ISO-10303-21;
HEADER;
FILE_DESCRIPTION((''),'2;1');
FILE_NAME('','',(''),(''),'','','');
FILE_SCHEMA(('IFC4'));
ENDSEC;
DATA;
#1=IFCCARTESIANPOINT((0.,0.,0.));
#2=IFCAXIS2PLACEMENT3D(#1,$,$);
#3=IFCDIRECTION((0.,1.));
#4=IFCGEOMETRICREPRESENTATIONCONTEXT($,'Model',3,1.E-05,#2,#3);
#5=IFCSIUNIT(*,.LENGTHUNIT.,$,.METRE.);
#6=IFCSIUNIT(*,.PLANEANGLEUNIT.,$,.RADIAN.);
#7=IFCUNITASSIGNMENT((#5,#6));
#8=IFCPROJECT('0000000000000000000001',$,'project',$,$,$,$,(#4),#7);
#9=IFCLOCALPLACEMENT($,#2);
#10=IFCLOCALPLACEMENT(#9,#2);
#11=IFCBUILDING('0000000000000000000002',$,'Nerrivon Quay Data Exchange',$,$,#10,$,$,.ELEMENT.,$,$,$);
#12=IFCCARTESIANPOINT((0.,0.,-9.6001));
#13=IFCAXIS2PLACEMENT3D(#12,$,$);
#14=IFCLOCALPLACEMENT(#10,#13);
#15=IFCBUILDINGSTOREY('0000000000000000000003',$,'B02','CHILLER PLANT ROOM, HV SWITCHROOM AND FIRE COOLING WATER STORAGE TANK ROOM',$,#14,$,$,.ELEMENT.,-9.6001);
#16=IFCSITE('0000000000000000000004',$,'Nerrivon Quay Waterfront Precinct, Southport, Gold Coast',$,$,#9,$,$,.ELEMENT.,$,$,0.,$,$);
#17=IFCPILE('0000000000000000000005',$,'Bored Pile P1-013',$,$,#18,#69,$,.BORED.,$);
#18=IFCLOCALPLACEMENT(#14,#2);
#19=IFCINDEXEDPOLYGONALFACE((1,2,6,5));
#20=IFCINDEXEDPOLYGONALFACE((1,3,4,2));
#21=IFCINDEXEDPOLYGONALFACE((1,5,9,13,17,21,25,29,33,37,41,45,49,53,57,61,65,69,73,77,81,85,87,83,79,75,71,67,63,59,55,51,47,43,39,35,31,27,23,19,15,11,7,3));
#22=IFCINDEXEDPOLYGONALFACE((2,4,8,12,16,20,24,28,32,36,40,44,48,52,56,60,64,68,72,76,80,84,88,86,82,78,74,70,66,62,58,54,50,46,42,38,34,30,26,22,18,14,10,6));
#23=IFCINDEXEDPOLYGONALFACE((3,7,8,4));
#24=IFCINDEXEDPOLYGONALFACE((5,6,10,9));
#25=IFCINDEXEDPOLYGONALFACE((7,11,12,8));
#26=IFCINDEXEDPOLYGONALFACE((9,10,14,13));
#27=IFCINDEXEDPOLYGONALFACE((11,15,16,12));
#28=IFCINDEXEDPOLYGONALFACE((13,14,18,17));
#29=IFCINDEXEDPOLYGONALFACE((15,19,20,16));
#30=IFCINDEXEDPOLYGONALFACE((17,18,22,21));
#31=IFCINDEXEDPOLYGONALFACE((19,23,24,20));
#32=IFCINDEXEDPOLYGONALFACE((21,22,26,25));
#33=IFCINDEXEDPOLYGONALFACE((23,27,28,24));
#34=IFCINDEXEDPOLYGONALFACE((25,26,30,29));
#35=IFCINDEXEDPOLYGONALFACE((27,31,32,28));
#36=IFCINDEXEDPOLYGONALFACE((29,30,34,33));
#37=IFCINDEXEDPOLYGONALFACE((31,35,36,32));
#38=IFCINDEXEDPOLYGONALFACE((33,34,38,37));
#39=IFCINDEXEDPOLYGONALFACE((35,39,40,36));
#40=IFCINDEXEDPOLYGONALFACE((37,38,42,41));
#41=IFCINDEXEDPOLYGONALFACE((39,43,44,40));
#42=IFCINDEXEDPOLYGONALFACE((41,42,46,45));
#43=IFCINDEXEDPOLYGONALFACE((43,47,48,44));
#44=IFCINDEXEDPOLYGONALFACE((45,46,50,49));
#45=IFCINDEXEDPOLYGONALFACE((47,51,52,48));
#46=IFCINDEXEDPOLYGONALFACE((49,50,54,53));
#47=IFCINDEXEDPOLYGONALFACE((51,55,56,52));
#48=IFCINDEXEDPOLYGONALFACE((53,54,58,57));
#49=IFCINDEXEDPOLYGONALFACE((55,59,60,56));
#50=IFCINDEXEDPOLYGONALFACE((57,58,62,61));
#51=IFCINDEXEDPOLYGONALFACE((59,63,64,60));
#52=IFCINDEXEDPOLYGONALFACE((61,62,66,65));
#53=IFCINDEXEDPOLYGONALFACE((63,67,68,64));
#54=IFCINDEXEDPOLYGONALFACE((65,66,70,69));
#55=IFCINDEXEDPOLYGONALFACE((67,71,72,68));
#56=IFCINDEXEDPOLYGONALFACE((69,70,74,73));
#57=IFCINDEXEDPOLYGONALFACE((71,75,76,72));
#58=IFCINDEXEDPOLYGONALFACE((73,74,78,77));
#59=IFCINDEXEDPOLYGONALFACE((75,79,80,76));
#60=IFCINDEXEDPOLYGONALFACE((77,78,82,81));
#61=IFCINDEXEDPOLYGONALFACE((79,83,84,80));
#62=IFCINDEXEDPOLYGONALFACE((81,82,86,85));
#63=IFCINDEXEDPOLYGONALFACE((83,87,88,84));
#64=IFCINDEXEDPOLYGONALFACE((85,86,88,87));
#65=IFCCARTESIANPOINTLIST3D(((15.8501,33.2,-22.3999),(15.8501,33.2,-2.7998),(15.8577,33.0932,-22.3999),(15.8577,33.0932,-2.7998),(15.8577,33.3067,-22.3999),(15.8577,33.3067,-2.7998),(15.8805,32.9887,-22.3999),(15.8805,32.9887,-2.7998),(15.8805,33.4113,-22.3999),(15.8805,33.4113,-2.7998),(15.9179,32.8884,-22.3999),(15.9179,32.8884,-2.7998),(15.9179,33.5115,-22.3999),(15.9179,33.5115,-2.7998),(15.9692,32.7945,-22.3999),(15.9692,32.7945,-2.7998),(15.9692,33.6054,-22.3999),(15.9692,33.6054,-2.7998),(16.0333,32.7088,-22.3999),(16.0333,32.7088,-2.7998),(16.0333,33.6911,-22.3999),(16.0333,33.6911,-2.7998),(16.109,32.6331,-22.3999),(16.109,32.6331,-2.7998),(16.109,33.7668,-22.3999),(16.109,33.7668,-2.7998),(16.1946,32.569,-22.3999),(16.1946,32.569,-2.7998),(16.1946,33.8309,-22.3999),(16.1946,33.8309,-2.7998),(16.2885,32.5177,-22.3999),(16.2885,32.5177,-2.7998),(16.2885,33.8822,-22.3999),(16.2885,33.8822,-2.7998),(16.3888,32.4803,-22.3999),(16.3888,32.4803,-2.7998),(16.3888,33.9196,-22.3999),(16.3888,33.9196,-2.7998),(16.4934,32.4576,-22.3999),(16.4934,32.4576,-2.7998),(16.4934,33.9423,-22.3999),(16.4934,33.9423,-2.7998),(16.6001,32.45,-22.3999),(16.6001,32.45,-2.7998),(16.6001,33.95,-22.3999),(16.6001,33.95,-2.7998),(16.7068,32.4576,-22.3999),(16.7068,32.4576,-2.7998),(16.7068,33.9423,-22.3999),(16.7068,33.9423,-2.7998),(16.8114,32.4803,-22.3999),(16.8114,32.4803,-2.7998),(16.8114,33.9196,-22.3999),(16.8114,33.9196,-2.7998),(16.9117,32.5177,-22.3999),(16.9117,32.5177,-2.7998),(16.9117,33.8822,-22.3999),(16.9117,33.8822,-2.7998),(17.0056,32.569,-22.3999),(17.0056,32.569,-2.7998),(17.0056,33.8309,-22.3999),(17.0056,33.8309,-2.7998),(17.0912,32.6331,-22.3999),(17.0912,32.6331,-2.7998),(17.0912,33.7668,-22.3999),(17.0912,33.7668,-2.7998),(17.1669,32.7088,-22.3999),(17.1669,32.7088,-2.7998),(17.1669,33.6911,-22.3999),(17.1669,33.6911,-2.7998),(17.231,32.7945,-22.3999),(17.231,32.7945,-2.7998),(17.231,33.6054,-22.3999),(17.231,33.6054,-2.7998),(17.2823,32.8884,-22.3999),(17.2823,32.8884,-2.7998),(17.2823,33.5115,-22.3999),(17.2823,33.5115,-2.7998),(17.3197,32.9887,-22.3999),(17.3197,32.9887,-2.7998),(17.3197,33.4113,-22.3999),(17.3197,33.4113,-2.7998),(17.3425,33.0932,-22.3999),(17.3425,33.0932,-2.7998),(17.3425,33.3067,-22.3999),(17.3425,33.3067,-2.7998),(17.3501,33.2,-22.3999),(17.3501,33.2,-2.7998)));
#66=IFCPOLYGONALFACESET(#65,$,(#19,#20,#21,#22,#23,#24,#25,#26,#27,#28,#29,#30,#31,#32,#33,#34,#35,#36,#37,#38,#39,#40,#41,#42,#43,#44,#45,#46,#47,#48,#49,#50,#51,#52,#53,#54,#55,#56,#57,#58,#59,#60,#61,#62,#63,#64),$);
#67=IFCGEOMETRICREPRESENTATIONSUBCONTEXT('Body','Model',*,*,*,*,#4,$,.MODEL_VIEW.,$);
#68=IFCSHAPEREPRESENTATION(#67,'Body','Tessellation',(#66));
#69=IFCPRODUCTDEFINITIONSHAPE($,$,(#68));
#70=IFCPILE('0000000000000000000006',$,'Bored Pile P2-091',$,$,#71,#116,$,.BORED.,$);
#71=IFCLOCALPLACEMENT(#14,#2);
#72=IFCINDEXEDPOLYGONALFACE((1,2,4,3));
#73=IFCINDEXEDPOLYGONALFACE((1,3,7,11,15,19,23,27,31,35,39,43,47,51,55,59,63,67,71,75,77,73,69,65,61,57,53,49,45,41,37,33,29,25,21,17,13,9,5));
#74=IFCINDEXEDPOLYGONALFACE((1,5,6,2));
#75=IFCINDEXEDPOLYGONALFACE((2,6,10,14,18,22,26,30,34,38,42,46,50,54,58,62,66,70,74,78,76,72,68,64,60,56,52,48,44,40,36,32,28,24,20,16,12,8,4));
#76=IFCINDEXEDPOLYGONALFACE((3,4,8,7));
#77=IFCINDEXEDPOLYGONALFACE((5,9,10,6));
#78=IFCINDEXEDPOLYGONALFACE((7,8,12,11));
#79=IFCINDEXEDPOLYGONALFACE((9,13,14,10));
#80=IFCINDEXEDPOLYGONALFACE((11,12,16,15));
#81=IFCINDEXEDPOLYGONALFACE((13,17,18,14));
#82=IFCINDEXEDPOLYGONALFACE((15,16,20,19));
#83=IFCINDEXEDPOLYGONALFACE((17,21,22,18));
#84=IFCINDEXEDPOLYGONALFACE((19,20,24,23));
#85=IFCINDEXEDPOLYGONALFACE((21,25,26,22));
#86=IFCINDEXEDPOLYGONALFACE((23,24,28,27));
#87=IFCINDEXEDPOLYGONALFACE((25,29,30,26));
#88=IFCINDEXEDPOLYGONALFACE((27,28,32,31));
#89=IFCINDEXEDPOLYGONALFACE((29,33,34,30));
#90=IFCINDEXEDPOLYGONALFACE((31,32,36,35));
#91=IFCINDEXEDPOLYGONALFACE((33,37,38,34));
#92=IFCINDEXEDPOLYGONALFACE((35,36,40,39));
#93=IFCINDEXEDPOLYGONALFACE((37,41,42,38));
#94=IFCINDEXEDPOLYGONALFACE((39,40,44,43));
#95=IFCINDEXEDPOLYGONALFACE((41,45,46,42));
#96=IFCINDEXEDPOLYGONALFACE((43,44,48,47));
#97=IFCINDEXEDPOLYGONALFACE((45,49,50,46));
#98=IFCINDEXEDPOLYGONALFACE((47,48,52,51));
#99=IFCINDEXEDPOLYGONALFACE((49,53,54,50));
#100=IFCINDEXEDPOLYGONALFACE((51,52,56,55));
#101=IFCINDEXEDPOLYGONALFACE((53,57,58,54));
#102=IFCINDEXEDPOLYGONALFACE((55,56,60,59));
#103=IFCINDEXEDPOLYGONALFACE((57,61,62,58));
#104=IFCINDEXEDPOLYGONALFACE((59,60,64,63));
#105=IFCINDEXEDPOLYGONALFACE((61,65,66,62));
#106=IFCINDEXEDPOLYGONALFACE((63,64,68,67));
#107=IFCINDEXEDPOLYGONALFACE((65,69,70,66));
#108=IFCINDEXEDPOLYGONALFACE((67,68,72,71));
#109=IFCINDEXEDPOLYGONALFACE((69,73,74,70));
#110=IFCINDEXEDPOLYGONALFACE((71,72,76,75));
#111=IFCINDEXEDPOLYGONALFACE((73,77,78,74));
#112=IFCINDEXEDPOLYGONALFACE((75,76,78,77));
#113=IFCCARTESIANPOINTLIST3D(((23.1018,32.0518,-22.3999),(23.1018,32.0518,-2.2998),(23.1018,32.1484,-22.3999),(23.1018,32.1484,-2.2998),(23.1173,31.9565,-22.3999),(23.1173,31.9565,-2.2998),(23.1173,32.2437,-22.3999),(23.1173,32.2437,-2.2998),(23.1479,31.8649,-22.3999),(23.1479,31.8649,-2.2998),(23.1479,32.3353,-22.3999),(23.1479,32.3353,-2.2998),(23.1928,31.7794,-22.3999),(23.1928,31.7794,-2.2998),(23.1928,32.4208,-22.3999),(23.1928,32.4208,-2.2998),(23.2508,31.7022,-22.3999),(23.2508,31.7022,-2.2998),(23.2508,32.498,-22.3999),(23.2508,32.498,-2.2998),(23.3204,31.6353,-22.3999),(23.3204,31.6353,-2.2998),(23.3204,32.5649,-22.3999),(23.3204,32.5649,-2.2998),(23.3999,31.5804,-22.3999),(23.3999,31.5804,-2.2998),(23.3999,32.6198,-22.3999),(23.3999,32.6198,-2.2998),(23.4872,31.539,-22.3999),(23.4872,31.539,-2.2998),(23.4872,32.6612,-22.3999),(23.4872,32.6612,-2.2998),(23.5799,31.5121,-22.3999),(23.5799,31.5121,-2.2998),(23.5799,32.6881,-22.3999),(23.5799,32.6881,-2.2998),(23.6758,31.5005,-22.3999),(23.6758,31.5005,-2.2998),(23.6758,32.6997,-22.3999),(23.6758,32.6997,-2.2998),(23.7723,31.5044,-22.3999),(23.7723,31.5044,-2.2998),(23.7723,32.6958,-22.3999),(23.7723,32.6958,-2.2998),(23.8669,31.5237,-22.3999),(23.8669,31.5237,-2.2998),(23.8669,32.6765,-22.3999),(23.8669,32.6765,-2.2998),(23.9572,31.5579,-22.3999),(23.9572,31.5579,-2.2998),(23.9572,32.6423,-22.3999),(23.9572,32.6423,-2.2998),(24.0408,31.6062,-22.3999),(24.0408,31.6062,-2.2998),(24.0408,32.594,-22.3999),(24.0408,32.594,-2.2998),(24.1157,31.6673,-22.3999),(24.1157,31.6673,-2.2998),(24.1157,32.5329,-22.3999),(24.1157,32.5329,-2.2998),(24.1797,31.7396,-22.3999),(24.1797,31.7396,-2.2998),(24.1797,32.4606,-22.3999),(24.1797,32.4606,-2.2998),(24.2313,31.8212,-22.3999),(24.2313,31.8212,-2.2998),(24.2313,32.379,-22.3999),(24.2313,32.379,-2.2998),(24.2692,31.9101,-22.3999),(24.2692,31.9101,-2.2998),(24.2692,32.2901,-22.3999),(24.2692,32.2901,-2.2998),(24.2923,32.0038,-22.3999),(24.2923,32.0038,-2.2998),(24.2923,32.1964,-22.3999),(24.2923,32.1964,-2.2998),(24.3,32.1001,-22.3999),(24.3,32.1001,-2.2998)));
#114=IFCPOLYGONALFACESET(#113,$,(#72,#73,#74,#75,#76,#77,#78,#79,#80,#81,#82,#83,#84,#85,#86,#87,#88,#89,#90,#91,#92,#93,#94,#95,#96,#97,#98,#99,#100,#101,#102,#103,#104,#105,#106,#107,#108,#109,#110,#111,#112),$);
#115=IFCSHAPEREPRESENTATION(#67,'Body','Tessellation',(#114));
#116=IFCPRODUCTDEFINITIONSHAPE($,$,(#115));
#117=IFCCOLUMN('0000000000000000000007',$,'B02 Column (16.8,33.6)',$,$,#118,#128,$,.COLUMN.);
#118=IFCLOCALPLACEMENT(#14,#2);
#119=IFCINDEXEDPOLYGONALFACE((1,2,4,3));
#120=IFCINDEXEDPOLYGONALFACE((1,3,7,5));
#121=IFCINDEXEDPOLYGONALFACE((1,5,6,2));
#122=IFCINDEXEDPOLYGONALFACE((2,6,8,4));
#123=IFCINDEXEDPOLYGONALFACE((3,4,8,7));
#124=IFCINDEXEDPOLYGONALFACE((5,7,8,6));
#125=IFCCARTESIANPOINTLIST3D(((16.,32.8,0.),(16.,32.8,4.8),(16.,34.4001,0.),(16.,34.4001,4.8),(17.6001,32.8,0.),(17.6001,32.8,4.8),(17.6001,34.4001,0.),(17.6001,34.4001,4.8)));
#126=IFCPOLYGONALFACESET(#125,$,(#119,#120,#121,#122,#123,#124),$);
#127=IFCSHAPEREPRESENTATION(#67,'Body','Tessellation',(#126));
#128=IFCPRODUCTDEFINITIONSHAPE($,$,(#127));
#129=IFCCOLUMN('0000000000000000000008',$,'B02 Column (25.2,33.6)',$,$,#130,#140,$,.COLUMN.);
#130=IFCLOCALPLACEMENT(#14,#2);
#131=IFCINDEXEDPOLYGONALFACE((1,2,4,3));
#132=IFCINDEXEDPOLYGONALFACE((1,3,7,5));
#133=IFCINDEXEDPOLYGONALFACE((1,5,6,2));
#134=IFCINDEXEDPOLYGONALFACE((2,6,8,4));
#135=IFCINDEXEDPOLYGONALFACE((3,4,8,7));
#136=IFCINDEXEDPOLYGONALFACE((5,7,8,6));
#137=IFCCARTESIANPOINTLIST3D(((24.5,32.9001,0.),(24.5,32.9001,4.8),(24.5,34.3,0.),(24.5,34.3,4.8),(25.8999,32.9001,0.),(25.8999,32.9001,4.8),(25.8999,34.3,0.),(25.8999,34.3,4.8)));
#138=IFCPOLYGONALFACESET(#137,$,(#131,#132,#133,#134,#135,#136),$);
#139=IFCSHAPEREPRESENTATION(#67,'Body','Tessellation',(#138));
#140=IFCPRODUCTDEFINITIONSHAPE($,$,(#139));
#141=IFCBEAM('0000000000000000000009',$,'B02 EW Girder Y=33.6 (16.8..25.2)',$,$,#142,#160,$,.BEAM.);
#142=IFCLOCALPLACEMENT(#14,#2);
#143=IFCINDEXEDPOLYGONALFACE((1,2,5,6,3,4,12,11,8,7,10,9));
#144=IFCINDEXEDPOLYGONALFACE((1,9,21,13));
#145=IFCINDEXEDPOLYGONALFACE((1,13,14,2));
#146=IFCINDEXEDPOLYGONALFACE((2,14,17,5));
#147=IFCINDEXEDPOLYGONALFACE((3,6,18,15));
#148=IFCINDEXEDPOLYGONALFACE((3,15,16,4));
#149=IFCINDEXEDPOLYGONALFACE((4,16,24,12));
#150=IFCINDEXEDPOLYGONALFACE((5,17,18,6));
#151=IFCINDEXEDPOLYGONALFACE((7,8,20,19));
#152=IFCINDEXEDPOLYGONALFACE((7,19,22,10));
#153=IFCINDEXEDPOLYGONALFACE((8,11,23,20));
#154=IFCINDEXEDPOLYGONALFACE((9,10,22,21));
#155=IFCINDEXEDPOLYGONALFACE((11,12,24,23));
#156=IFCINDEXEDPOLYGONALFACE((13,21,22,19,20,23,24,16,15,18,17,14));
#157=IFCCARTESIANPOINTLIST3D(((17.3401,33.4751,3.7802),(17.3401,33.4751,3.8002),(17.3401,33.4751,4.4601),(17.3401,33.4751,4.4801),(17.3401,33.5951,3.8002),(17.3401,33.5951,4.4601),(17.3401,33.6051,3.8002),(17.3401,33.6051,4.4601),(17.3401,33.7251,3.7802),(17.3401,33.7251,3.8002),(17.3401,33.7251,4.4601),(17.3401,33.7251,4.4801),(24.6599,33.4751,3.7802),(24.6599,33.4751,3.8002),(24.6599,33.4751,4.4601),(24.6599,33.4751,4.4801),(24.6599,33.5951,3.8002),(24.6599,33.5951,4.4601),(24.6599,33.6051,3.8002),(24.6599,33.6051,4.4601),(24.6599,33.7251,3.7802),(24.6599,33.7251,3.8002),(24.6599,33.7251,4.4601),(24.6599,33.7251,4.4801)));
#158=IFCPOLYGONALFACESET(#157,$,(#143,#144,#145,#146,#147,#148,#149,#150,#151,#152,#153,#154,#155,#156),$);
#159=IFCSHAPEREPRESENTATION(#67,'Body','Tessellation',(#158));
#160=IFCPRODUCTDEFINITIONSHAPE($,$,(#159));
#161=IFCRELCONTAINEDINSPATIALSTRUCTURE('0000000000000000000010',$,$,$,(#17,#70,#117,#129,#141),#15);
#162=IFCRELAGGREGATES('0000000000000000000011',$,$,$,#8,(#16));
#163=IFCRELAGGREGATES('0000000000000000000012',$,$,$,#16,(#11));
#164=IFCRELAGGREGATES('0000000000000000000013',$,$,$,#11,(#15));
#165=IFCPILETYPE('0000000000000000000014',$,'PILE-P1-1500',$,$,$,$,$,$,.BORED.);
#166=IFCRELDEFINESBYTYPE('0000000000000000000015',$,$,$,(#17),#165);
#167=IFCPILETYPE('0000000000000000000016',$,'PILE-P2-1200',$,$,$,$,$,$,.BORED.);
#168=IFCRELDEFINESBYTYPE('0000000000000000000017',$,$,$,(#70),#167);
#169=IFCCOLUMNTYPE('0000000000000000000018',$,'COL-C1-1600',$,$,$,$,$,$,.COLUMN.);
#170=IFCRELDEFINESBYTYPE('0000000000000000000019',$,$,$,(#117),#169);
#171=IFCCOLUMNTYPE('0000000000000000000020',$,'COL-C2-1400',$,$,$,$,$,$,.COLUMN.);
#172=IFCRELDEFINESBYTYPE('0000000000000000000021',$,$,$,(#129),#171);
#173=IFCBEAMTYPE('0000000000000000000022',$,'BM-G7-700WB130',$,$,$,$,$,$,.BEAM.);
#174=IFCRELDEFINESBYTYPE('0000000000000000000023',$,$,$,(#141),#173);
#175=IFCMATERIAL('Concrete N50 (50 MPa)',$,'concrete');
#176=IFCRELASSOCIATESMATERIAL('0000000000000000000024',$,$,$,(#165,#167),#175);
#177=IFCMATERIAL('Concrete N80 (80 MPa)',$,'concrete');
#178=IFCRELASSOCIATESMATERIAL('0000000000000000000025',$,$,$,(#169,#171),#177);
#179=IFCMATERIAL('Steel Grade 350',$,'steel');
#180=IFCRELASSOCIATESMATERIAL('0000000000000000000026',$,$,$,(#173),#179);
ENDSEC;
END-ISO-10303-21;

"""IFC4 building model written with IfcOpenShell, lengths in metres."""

from ifc_helpers import new_model, si_unit, direction, frame, origin, origin_2d, place, context, subcontext, project, spatial, rectangle, circle, i_section, extrude, material, material_profile, profile_set, type_object, element, save


model = new_model("IFC4")

# Units and contexts
model_context = context("Model", 3, precision=1e-05, world=origin(), true_north=direction((0.0, 1.0)))
body_context = subcontext(model_context, "Body", "Model", "MODEL_VIEW")
ifc_project = project(units=[si_unit("LENGTHUNIT", "METRE"), si_unit("PLANEANGLEUNIT", "RADIAN")], contexts=[model_context])

# Site, building, storey
site_placement = place(None, origin())
site = spatial("IfcSite", under=ifc_project, at=site_placement, Name="Nerrivon Quay Waterfront Precinct, Southport, Gold Coast", CompositionType="ELEMENT", RefElevation=0.0)
building_placement = place(site_placement, origin())
building = spatial("IfcBuilding", under=site, at=building_placement, Name="Nerrivon Quay Data Exchange", CompositionType="ELEMENT")
storey_placement = place(building_placement, frame((0.0, 0.0, -9.6001)))
storey = spatial("IfcBuildingStorey", under=building, at=storey_placement, Name="B02", Description="CHILLER PLANT ROOM, HV SWITCHROOM AND FIRE COOLING WATER STORAGE TANK ROOM", CompositionType="ELEMENT", Elevation=-9.6001)

# Piles
ifc_material_1 = material(Name="Concrete N50 (50 MPa)", Category="concrete")
ifc_material_profile_1 = material_profile(ifc_material_1, circle(Radius=0.75, at=origin_2d()), Name="PILE-1500")
ifc_profile_set_1 = profile_set([ifc_material_profile_1], Name="Concrete N50 (50 MPa)")
pile_type_1 = type_object("IfcPileType", Name="PILE-P1-1500", PredefinedType="BORED", material=ifc_profile_set_1)
for number, where, z_axis, x_axis, name in (
    (1, (16.6001, 33.2, -2.7998), (0.0, 0.0, -1.0), (1.0, 0.0, 0.0), "Bored Pile P1-013"),
):
    element("IfcPile", number, at=place(storey_placement, frame(where, z_axis=z_axis, x_axis=x_axis)), inside=storey, type_object=pile_type_1, Name=name, PredefinedType="BORED", context=body_context, shape_type="SweptSolid", body=[
        extrude(circle(Radius=0.75, at=origin_2d()), origin(), (0.0, 0.0, 1.0), 19.6001),
    ])
ifc_material_profile_2 = material_profile(ifc_material_1, circle(Radius=0.6001, at=origin_2d()), Name="PILE-1200")
ifc_profile_set_2 = profile_set([ifc_material_profile_2], Name="Concrete N50 (50 MPa)")
pile_type_2 = type_object("IfcPileType", Name="PILE-P2-1200", PredefinedType="BORED", material=ifc_profile_set_2)
pile_placement = place(storey_placement, frame((23.7, 32.1001, -2.2998), z_axis=(0.0, 0.0, -1.0), x_axis=(1.0, 0.0, 0.0)))
element("IfcPile", 2, at=pile_placement, inside=storey, type_object=pile_type_2, Name="Bored Pile P2-091", PredefinedType="BORED", context=body_context, shape_type="SweptSolid", body=[
    extrude(circle(Radius=0.6001, at=origin_2d()), origin(), (0.0, 0.0, 1.0), 20.1001),
])

# Columns
ifc_material_2 = material(Name="Concrete N80 (80 MPa)", Category="concrete")
ifc_material_profile_3 = material_profile(ifc_material_2, rectangle(XDim=1.6001, YDim=1.6001, at=origin_2d()), Name="RC-COL-1600x1600")
ifc_profile_set_3 = profile_set([ifc_material_profile_3], Name="Concrete N80 (80 MPa)")
column_type_1 = type_object("IfcColumnType", Name="COL-C1-1600", PredefinedType="COLUMN", material=ifc_profile_set_3)
column_1_placement = place(storey_placement, frame((16.8, 33.6001, 0.0), z_axis=(0.0, 0.0, 1.0), x_axis=(1.0, 0.0, 0.0)))
element("IfcColumn", 3, at=column_1_placement, inside=storey, type_object=column_type_1, Name="B02 Column (16.8,33.6)", PredefinedType="COLUMN", context=body_context, shape_type="SweptSolid", body=[
    extrude(rectangle(XDim=1.6001, YDim=1.6001, at=origin_2d()), origin(), (0.0, 0.0, 1.0), 4.8),
])
ifc_material_profile_4 = material_profile(ifc_material_2, rectangle(XDim=1.3999, YDim=1.3999, at=origin_2d()), Name="RC-COL-1400x1400")
ifc_profile_set_4 = profile_set([ifc_material_profile_4], Name="Concrete N80 (80 MPa)")
column_type_2 = type_object("IfcColumnType", Name="COL-C2-1400", PredefinedType="COLUMN", material=ifc_profile_set_4)
column_2_placement = place(storey_placement, frame((25.2, 33.6001, 0.0), z_axis=(0.0, 0.0, 1.0), x_axis=(1.0, 0.0, 0.0)))
element("IfcColumn", 4, at=column_2_placement, inside=storey, type_object=column_type_2, Name="B02 Column (25.2,33.6)", PredefinedType="COLUMN", context=body_context, shape_type="SweptSolid", body=[
    extrude(rectangle(XDim=1.3999, YDim=1.3999, at=origin_2d()), origin(), (0.0, 0.0, 1.0), 4.8),
])

# Beam
ifc_material_3 = material(Name="Steel Grade 350", Category="steel")
ifc_material_profile_5 = material_profile(ifc_material_3, i_section(OverallWidth=0.25, OverallDepth=0.7, WebThickness=0.01, FlangeThickness=0.02, at=origin_2d()), Name="700WB130")
ifc_profile_set_5 = profile_set([ifc_material_profile_5], Name="Steel Grade 350")
beam_type_1 = type_object("IfcBeamType", Name="BM-G7-700WB130", PredefinedType="BEAM", material=ifc_profile_set_5)
beam_1_placement = place(storey_placement, frame((17.3401, 33.6001, 4.1301), z_axis=(1.0, 0.0, 0.0), x_axis=(0.0, 1.0, 0.0)))
element("IfcBeam", 5, at=beam_1_placement, inside=storey, type_object=beam_type_1, Name="B02 EW Girder Y=33.6 (16.8..25.2)", PredefinedType="BEAM", context=body_context, shape_type="SweptSolid", body=[
    extrude(i_section(OverallWidth=0.25, OverallDepth=0.7, WebThickness=0.01, FlangeThickness=0.02, at=origin_2d()), origin(), (0.0, 0.0, 1.0), 7.3198),
])

save(model, "model.ifc")
